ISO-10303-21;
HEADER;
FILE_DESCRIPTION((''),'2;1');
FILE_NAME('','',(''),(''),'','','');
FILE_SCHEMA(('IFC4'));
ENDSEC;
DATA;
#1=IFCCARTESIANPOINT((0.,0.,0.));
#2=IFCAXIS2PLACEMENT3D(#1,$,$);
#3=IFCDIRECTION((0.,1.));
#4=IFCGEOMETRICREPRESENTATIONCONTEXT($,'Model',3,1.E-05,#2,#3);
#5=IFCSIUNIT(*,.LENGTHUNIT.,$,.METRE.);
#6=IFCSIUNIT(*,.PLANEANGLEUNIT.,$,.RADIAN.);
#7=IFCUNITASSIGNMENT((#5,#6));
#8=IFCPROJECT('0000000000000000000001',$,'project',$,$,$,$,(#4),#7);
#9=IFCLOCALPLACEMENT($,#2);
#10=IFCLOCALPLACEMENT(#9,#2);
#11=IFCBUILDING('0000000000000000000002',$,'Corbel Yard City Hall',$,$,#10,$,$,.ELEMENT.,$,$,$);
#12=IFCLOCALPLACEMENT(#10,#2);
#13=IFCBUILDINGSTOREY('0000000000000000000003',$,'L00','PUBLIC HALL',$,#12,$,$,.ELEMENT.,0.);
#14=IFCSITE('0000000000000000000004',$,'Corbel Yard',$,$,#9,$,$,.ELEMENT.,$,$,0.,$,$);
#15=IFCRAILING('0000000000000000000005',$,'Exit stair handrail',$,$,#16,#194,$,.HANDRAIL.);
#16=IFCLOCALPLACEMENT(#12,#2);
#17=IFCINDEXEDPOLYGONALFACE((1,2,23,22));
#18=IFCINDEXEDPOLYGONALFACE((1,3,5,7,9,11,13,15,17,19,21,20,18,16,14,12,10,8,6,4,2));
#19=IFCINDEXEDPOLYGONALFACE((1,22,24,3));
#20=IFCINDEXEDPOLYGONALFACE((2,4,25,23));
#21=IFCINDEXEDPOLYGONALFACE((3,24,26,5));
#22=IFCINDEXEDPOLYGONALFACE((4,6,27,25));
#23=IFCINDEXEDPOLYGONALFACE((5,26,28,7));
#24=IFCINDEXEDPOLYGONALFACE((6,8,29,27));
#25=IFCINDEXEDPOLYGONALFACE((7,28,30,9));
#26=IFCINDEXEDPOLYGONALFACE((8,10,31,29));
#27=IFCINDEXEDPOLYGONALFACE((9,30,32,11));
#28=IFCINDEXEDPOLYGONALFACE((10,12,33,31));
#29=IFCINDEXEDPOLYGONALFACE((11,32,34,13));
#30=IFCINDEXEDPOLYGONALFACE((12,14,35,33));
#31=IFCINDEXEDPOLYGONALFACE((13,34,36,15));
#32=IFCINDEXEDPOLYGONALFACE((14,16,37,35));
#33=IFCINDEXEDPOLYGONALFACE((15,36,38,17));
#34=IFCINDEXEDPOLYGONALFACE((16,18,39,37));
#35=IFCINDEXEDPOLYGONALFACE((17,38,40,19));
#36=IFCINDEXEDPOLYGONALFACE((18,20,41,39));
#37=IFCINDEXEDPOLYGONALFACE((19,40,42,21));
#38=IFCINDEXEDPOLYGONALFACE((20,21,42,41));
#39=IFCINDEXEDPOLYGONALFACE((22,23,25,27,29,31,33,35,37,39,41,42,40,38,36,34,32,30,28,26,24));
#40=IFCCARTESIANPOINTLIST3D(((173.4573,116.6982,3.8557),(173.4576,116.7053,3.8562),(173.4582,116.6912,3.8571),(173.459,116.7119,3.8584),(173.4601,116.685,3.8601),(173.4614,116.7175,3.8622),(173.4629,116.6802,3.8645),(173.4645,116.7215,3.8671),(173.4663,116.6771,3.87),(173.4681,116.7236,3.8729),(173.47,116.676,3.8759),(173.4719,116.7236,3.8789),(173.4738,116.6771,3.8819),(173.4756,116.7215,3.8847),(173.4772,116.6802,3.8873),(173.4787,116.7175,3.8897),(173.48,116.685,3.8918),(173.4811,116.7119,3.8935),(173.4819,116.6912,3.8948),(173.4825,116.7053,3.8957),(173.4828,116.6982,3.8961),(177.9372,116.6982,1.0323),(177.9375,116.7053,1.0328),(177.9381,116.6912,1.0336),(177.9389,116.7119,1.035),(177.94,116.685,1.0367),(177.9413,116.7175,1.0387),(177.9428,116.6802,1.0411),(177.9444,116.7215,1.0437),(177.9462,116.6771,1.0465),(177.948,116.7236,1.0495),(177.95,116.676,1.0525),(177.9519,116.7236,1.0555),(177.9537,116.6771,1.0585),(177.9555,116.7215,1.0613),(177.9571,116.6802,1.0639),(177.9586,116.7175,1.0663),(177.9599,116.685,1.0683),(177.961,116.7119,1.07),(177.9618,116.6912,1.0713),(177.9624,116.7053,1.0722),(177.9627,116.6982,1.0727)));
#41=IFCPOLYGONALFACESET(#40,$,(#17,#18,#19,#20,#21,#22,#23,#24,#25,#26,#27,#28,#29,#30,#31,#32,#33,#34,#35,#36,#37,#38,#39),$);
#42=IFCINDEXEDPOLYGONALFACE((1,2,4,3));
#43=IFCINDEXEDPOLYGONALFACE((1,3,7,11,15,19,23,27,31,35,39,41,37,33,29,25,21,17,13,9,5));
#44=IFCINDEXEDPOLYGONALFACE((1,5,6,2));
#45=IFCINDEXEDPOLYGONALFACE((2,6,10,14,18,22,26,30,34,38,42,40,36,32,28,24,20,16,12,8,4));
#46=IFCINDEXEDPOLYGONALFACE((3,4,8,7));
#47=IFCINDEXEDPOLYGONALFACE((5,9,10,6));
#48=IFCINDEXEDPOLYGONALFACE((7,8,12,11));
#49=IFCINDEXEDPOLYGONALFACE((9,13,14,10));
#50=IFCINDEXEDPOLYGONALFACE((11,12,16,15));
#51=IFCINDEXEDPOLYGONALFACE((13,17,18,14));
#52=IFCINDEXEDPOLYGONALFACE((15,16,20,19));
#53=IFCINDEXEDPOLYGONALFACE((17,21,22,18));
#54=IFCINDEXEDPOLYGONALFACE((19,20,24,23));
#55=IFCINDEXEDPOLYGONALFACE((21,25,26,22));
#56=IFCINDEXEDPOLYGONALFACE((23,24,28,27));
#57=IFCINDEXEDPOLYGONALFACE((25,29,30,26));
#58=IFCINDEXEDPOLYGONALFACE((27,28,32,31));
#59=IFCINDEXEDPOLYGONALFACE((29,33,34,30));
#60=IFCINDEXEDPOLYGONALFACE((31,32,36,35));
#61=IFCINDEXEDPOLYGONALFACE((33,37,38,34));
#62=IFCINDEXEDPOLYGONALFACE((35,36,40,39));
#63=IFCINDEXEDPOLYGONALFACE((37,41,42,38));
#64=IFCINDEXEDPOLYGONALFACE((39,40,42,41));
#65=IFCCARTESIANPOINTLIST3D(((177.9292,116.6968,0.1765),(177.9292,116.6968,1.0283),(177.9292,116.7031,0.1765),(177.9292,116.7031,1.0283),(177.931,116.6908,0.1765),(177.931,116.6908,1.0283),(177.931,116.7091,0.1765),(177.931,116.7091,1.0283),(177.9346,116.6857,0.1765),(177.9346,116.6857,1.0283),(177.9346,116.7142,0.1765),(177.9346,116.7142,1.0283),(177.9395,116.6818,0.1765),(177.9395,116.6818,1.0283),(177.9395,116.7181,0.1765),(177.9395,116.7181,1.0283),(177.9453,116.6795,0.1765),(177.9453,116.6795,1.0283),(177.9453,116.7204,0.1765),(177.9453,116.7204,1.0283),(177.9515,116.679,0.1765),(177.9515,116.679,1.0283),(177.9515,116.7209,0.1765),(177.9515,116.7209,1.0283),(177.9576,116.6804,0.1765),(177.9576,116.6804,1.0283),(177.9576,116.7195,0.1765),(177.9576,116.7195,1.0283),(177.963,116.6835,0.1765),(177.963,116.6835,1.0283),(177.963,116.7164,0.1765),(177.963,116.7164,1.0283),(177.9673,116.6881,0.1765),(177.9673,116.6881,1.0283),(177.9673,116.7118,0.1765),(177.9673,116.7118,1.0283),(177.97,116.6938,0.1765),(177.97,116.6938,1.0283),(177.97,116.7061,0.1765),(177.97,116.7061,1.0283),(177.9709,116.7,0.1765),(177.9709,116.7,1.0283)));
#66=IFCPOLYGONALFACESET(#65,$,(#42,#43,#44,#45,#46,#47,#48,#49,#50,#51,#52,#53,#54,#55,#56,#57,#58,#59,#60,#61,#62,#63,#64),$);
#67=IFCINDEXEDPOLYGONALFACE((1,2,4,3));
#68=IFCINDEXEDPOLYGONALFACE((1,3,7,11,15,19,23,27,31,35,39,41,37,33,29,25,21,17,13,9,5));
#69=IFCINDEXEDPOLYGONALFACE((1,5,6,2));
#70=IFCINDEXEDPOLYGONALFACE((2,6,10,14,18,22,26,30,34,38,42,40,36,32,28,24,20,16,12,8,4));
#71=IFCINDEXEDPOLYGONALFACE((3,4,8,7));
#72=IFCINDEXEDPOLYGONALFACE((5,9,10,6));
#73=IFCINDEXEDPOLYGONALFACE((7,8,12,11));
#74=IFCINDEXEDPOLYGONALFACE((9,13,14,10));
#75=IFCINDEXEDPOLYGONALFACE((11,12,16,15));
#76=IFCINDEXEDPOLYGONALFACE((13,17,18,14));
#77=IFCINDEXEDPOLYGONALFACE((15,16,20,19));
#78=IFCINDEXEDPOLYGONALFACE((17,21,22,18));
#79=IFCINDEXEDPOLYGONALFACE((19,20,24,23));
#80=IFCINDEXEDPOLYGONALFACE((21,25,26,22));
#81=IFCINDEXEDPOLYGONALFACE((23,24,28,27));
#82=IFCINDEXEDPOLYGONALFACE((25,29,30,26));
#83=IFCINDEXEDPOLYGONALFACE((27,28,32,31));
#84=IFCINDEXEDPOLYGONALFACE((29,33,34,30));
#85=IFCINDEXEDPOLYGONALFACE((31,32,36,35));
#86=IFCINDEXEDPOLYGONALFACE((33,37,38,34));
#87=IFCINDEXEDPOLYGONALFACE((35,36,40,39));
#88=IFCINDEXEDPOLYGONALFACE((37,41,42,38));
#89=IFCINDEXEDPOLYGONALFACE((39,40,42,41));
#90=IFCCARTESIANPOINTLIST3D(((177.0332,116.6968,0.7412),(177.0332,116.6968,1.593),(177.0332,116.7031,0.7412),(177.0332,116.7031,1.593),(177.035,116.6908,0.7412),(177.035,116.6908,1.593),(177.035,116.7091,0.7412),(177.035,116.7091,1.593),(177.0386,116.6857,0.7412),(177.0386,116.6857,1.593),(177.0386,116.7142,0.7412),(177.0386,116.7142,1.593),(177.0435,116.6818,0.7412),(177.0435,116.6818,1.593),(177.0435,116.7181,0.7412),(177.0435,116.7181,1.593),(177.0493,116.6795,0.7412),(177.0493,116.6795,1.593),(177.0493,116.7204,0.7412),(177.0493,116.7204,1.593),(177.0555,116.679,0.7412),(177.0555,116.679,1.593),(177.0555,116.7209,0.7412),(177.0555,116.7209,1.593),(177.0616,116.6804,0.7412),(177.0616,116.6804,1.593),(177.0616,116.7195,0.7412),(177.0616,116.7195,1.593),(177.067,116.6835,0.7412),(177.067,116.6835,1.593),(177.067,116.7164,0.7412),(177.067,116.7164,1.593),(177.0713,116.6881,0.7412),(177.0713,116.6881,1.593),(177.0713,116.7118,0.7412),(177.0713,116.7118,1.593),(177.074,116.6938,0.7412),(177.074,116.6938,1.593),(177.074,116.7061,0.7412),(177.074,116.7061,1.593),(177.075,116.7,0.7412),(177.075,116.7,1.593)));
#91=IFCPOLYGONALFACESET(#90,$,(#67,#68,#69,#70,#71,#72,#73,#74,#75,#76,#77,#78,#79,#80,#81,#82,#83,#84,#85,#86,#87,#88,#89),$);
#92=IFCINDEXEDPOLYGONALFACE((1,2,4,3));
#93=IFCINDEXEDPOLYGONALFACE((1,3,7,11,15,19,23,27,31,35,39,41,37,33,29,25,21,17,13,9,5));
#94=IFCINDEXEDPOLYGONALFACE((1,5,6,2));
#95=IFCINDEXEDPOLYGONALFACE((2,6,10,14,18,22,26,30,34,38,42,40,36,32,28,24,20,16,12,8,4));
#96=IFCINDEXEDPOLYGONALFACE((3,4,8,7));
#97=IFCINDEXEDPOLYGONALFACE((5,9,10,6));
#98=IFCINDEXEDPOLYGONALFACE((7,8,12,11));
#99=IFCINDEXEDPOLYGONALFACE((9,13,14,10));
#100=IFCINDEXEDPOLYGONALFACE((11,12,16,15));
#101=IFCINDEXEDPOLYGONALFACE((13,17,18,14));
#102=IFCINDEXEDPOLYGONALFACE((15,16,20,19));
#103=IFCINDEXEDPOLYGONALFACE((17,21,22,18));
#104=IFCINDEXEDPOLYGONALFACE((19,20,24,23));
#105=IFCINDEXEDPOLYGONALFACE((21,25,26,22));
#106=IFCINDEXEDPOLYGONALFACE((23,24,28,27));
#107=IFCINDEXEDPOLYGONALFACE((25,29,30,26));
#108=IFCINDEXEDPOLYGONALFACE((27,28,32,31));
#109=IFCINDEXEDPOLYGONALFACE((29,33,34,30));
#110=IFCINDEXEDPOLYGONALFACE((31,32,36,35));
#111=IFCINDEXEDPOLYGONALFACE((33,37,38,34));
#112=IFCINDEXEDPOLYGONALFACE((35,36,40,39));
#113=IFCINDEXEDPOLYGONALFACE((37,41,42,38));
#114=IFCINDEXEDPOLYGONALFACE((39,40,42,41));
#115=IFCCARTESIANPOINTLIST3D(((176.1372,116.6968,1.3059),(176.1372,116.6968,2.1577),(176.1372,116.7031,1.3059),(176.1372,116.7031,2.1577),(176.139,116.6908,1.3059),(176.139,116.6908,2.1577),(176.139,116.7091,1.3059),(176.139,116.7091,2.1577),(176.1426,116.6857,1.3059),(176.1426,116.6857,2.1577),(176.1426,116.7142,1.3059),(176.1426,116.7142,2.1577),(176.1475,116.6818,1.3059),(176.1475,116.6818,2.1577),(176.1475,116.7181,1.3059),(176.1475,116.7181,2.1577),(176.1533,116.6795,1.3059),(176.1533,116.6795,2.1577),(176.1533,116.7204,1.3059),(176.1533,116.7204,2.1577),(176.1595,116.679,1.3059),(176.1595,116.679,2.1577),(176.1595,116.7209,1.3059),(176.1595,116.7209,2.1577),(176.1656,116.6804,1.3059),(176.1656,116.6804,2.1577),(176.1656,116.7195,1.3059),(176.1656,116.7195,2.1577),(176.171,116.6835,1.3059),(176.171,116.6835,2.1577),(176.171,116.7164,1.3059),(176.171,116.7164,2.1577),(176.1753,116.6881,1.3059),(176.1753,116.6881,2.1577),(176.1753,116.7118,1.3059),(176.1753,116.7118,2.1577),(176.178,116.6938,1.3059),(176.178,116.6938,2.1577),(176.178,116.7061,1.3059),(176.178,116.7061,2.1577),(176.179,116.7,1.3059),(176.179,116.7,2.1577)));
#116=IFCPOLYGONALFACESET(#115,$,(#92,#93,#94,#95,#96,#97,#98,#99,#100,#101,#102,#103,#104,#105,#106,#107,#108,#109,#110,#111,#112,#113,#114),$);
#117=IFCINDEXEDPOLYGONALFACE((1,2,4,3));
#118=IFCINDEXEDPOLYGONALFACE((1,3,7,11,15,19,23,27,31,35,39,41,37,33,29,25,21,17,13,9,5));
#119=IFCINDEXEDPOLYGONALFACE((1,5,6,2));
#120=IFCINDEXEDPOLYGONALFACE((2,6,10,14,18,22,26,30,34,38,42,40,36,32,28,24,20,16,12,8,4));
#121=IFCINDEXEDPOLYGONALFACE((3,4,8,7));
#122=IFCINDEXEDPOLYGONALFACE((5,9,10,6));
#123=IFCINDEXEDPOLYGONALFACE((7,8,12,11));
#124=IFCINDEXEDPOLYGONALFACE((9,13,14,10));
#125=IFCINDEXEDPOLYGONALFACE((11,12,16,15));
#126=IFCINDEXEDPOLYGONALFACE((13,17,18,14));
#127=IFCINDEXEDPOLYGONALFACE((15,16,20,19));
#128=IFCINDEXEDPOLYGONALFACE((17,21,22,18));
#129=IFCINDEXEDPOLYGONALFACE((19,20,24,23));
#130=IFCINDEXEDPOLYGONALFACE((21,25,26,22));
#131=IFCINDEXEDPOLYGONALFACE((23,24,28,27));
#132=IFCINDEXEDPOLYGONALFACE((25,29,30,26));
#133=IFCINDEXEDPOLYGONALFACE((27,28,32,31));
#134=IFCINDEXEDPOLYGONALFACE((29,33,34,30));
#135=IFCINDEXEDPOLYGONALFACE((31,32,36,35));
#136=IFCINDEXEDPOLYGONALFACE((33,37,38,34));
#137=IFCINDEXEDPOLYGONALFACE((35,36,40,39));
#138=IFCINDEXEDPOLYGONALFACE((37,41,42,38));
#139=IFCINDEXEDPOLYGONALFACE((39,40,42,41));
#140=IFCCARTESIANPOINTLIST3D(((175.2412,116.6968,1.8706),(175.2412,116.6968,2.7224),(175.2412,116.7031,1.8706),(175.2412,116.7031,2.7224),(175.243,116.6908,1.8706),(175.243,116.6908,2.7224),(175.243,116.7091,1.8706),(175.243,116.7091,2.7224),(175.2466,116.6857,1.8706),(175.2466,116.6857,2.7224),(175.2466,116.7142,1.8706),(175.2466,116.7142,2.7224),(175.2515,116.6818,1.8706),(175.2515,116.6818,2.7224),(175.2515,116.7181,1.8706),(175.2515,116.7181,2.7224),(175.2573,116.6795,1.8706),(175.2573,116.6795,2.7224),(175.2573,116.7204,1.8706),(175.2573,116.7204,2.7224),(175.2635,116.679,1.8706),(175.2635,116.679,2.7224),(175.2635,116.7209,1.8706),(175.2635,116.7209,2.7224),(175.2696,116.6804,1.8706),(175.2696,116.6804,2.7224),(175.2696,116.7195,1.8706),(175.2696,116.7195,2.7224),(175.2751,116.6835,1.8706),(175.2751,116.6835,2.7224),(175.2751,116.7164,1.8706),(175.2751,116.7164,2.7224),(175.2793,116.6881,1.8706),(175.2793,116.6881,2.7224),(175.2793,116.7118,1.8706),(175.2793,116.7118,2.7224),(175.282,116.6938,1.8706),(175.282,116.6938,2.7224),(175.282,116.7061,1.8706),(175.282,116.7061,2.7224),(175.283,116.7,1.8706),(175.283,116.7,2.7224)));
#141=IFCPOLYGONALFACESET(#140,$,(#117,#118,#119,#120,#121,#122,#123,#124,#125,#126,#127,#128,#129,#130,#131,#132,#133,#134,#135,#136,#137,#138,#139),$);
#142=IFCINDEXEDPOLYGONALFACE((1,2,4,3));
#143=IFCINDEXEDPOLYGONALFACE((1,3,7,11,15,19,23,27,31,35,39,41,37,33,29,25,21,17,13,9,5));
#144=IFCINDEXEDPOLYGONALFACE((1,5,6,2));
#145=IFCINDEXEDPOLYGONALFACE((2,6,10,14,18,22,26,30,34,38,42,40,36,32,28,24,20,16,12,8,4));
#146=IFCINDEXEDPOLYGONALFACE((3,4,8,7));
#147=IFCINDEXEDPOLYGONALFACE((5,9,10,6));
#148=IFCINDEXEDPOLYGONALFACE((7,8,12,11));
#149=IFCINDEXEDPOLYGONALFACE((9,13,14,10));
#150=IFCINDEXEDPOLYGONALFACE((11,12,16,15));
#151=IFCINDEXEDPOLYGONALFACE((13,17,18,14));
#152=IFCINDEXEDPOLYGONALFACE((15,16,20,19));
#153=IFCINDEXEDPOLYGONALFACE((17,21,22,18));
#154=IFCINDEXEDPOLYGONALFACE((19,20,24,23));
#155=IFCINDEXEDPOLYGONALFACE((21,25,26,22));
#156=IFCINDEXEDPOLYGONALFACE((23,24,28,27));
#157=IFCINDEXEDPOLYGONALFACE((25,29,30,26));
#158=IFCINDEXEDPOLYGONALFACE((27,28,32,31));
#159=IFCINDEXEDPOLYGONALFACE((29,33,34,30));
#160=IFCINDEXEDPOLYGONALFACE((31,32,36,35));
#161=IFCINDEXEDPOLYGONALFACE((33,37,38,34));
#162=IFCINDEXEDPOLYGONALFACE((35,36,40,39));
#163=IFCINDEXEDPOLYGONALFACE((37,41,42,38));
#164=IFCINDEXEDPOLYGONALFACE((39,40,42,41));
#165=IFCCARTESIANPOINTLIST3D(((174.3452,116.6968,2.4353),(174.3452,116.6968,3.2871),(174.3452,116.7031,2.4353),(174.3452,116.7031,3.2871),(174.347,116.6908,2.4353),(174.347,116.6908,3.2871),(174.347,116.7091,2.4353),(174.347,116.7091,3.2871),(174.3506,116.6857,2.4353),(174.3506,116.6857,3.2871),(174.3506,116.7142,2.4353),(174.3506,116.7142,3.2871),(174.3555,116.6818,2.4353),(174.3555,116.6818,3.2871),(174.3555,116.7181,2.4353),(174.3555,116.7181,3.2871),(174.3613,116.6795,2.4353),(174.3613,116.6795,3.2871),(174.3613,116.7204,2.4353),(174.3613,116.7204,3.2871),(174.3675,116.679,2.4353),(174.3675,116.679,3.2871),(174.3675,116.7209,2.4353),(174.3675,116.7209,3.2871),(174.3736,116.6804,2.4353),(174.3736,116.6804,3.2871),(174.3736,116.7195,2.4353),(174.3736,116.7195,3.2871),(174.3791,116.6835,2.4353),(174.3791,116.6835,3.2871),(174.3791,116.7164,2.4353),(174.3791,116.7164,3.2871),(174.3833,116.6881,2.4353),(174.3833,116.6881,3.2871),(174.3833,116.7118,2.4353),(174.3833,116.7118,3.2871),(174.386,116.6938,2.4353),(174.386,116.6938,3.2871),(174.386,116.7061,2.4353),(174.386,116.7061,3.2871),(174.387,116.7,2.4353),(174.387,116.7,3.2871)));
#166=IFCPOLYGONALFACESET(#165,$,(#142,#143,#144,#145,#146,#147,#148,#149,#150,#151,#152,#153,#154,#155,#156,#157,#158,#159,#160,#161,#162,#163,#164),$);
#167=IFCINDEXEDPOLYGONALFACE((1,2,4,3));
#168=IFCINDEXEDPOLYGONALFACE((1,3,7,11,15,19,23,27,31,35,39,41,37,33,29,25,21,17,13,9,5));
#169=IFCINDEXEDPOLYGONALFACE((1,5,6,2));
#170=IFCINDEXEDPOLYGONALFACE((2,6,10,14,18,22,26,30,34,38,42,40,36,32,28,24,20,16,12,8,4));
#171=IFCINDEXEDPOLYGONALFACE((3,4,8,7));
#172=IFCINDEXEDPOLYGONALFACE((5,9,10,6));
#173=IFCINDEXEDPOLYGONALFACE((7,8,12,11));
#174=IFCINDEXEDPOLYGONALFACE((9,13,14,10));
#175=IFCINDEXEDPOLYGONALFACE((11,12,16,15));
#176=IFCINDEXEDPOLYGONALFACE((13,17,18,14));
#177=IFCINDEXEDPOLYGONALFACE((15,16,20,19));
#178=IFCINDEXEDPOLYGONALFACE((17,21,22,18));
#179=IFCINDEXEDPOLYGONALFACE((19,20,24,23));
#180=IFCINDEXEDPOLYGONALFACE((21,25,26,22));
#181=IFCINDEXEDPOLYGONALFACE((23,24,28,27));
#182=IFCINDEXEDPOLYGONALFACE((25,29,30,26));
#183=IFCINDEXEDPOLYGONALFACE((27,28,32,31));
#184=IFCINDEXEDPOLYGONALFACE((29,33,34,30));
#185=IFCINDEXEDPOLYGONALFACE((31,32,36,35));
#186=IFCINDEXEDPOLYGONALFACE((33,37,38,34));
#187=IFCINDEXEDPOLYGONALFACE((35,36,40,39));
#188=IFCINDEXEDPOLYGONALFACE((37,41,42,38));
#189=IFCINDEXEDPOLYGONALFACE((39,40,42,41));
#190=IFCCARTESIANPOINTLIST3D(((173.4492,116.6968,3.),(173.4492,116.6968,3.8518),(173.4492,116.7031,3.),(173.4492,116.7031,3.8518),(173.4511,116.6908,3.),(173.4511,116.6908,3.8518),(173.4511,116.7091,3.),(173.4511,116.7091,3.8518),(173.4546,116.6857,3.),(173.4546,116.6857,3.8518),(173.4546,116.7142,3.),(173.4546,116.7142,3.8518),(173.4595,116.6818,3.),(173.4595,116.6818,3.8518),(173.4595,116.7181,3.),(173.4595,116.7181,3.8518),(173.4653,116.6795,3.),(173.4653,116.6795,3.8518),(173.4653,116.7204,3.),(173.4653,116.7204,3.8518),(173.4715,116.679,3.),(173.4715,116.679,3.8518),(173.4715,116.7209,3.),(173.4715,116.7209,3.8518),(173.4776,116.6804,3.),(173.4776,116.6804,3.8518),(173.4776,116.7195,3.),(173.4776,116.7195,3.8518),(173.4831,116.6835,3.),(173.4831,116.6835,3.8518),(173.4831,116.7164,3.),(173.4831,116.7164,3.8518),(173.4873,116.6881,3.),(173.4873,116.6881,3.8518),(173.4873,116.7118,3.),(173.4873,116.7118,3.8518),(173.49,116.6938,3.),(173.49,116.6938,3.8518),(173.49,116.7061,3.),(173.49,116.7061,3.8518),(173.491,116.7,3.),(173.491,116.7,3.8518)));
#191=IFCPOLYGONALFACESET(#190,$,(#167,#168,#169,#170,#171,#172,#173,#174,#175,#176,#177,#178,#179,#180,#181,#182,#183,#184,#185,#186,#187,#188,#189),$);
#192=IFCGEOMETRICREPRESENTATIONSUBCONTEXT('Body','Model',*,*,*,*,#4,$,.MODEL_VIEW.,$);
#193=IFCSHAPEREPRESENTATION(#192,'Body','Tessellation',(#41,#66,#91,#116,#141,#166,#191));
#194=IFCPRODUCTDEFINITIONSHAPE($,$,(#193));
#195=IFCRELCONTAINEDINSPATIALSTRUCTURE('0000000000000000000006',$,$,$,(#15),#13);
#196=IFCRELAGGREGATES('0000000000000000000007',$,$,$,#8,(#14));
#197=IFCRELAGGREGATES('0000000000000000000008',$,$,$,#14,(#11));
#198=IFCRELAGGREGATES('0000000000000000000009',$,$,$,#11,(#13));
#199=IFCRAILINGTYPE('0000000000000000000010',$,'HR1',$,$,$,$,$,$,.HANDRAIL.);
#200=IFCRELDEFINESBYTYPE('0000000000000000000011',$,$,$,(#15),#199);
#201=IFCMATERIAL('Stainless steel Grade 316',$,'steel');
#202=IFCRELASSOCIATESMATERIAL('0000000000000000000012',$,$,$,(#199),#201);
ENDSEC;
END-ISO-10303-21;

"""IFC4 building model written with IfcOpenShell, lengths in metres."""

from ifc_helpers import new_model, si_unit, direction, frame, origin, origin_2d, place, context, subcontext, project, spatial, circle, extrude, material, type_object, element, save


model = new_model("IFC4")

# Units and contexts
model_context = context("Model", 3, precision=1e-05, world=origin(), true_north=direction((0.0, 1.0)))
body_context = subcontext(model_context, "Body", "Model", "MODEL_VIEW")
ifc_project = project(units=[si_unit("LENGTHUNIT", "METRE"), si_unit("PLANEANGLEUNIT", "RADIAN")], contexts=[model_context])

# Site, building, storey
site_placement = place(None, origin())
site = spatial("IfcSite", under=ifc_project, at=site_placement, Name="Corbel Yard", CompositionType="ELEMENT", RefElevation=0.0)
building_placement = place(site_placement, origin())
building = spatial("IfcBuilding", under=site, at=building_placement, Name="Corbel Yard City Hall", CompositionType="ELEMENT")
storey_placement = place(building_placement, origin())
storey = spatial("IfcBuildingStorey", under=building, at=storey_placement, Name="L00", Description="PUBLIC HALL", CompositionType="ELEMENT", Elevation=0.0)

# Shared definitions
ifc_material_1 = material(Name="Stainless steel Grade 316", Category="steel")

# Railing
railing_type = type_object("IfcRailingType", Name="HR1", PredefinedType="HANDRAIL", material=ifc_material_1)
for number, where, name in (
    (1, (177.95, 116.7, 0.1765), "Exit stair handrail"),
):
    element("IfcRailing", number, at=place(storey_placement, frame(where)), inside=storey, type_object=railing_type, Name=name, PredefinedType="HANDRAIL", context=body_context, shape_type="SweptSolid", body=[
        extrude(circle(Radius=0.0239, at=origin_2d()), frame((0.0, 0.0, 0.876), z_axis=(-0.845998, 0.0, 0.533186), x_axis=(0.0, -1.0, 0.0)), (0.0, 0.0, 1.0), 5.2954),
        extrude(circle(Radius=0.021, at=origin_2d()), origin(), (0.0, 0.0, 1.0), 0.8518),
        extrude(circle(Radius=0.021, at=origin_2d()), frame((-0.896, 0.0, 0.5647)), (0.0, 0.0, 1.0), 0.8518),
        extrude(circle(Radius=0.021, at=origin_2d()), frame((-1.792, 0.0, 1.1294)), (0.0, 0.0, 1.0), 0.8518),
        extrude(circle(Radius=0.021, at=origin_2d()), frame((-2.688, 0.0, 1.6941)), (0.0, 0.0, 1.0), 0.8518),
        extrude(circle(Radius=0.021, at=origin_2d()), frame((-3.584, 0.0, 2.2588)), (0.0, 0.0, 1.0), 0.8518),
        extrude(circle(Radius=0.021, at=origin_2d()), frame((-4.48, 0.0, 2.8235)), (0.0, 0.0, 1.0), 0.8518),
    ])

save(model, "model.ifc")
